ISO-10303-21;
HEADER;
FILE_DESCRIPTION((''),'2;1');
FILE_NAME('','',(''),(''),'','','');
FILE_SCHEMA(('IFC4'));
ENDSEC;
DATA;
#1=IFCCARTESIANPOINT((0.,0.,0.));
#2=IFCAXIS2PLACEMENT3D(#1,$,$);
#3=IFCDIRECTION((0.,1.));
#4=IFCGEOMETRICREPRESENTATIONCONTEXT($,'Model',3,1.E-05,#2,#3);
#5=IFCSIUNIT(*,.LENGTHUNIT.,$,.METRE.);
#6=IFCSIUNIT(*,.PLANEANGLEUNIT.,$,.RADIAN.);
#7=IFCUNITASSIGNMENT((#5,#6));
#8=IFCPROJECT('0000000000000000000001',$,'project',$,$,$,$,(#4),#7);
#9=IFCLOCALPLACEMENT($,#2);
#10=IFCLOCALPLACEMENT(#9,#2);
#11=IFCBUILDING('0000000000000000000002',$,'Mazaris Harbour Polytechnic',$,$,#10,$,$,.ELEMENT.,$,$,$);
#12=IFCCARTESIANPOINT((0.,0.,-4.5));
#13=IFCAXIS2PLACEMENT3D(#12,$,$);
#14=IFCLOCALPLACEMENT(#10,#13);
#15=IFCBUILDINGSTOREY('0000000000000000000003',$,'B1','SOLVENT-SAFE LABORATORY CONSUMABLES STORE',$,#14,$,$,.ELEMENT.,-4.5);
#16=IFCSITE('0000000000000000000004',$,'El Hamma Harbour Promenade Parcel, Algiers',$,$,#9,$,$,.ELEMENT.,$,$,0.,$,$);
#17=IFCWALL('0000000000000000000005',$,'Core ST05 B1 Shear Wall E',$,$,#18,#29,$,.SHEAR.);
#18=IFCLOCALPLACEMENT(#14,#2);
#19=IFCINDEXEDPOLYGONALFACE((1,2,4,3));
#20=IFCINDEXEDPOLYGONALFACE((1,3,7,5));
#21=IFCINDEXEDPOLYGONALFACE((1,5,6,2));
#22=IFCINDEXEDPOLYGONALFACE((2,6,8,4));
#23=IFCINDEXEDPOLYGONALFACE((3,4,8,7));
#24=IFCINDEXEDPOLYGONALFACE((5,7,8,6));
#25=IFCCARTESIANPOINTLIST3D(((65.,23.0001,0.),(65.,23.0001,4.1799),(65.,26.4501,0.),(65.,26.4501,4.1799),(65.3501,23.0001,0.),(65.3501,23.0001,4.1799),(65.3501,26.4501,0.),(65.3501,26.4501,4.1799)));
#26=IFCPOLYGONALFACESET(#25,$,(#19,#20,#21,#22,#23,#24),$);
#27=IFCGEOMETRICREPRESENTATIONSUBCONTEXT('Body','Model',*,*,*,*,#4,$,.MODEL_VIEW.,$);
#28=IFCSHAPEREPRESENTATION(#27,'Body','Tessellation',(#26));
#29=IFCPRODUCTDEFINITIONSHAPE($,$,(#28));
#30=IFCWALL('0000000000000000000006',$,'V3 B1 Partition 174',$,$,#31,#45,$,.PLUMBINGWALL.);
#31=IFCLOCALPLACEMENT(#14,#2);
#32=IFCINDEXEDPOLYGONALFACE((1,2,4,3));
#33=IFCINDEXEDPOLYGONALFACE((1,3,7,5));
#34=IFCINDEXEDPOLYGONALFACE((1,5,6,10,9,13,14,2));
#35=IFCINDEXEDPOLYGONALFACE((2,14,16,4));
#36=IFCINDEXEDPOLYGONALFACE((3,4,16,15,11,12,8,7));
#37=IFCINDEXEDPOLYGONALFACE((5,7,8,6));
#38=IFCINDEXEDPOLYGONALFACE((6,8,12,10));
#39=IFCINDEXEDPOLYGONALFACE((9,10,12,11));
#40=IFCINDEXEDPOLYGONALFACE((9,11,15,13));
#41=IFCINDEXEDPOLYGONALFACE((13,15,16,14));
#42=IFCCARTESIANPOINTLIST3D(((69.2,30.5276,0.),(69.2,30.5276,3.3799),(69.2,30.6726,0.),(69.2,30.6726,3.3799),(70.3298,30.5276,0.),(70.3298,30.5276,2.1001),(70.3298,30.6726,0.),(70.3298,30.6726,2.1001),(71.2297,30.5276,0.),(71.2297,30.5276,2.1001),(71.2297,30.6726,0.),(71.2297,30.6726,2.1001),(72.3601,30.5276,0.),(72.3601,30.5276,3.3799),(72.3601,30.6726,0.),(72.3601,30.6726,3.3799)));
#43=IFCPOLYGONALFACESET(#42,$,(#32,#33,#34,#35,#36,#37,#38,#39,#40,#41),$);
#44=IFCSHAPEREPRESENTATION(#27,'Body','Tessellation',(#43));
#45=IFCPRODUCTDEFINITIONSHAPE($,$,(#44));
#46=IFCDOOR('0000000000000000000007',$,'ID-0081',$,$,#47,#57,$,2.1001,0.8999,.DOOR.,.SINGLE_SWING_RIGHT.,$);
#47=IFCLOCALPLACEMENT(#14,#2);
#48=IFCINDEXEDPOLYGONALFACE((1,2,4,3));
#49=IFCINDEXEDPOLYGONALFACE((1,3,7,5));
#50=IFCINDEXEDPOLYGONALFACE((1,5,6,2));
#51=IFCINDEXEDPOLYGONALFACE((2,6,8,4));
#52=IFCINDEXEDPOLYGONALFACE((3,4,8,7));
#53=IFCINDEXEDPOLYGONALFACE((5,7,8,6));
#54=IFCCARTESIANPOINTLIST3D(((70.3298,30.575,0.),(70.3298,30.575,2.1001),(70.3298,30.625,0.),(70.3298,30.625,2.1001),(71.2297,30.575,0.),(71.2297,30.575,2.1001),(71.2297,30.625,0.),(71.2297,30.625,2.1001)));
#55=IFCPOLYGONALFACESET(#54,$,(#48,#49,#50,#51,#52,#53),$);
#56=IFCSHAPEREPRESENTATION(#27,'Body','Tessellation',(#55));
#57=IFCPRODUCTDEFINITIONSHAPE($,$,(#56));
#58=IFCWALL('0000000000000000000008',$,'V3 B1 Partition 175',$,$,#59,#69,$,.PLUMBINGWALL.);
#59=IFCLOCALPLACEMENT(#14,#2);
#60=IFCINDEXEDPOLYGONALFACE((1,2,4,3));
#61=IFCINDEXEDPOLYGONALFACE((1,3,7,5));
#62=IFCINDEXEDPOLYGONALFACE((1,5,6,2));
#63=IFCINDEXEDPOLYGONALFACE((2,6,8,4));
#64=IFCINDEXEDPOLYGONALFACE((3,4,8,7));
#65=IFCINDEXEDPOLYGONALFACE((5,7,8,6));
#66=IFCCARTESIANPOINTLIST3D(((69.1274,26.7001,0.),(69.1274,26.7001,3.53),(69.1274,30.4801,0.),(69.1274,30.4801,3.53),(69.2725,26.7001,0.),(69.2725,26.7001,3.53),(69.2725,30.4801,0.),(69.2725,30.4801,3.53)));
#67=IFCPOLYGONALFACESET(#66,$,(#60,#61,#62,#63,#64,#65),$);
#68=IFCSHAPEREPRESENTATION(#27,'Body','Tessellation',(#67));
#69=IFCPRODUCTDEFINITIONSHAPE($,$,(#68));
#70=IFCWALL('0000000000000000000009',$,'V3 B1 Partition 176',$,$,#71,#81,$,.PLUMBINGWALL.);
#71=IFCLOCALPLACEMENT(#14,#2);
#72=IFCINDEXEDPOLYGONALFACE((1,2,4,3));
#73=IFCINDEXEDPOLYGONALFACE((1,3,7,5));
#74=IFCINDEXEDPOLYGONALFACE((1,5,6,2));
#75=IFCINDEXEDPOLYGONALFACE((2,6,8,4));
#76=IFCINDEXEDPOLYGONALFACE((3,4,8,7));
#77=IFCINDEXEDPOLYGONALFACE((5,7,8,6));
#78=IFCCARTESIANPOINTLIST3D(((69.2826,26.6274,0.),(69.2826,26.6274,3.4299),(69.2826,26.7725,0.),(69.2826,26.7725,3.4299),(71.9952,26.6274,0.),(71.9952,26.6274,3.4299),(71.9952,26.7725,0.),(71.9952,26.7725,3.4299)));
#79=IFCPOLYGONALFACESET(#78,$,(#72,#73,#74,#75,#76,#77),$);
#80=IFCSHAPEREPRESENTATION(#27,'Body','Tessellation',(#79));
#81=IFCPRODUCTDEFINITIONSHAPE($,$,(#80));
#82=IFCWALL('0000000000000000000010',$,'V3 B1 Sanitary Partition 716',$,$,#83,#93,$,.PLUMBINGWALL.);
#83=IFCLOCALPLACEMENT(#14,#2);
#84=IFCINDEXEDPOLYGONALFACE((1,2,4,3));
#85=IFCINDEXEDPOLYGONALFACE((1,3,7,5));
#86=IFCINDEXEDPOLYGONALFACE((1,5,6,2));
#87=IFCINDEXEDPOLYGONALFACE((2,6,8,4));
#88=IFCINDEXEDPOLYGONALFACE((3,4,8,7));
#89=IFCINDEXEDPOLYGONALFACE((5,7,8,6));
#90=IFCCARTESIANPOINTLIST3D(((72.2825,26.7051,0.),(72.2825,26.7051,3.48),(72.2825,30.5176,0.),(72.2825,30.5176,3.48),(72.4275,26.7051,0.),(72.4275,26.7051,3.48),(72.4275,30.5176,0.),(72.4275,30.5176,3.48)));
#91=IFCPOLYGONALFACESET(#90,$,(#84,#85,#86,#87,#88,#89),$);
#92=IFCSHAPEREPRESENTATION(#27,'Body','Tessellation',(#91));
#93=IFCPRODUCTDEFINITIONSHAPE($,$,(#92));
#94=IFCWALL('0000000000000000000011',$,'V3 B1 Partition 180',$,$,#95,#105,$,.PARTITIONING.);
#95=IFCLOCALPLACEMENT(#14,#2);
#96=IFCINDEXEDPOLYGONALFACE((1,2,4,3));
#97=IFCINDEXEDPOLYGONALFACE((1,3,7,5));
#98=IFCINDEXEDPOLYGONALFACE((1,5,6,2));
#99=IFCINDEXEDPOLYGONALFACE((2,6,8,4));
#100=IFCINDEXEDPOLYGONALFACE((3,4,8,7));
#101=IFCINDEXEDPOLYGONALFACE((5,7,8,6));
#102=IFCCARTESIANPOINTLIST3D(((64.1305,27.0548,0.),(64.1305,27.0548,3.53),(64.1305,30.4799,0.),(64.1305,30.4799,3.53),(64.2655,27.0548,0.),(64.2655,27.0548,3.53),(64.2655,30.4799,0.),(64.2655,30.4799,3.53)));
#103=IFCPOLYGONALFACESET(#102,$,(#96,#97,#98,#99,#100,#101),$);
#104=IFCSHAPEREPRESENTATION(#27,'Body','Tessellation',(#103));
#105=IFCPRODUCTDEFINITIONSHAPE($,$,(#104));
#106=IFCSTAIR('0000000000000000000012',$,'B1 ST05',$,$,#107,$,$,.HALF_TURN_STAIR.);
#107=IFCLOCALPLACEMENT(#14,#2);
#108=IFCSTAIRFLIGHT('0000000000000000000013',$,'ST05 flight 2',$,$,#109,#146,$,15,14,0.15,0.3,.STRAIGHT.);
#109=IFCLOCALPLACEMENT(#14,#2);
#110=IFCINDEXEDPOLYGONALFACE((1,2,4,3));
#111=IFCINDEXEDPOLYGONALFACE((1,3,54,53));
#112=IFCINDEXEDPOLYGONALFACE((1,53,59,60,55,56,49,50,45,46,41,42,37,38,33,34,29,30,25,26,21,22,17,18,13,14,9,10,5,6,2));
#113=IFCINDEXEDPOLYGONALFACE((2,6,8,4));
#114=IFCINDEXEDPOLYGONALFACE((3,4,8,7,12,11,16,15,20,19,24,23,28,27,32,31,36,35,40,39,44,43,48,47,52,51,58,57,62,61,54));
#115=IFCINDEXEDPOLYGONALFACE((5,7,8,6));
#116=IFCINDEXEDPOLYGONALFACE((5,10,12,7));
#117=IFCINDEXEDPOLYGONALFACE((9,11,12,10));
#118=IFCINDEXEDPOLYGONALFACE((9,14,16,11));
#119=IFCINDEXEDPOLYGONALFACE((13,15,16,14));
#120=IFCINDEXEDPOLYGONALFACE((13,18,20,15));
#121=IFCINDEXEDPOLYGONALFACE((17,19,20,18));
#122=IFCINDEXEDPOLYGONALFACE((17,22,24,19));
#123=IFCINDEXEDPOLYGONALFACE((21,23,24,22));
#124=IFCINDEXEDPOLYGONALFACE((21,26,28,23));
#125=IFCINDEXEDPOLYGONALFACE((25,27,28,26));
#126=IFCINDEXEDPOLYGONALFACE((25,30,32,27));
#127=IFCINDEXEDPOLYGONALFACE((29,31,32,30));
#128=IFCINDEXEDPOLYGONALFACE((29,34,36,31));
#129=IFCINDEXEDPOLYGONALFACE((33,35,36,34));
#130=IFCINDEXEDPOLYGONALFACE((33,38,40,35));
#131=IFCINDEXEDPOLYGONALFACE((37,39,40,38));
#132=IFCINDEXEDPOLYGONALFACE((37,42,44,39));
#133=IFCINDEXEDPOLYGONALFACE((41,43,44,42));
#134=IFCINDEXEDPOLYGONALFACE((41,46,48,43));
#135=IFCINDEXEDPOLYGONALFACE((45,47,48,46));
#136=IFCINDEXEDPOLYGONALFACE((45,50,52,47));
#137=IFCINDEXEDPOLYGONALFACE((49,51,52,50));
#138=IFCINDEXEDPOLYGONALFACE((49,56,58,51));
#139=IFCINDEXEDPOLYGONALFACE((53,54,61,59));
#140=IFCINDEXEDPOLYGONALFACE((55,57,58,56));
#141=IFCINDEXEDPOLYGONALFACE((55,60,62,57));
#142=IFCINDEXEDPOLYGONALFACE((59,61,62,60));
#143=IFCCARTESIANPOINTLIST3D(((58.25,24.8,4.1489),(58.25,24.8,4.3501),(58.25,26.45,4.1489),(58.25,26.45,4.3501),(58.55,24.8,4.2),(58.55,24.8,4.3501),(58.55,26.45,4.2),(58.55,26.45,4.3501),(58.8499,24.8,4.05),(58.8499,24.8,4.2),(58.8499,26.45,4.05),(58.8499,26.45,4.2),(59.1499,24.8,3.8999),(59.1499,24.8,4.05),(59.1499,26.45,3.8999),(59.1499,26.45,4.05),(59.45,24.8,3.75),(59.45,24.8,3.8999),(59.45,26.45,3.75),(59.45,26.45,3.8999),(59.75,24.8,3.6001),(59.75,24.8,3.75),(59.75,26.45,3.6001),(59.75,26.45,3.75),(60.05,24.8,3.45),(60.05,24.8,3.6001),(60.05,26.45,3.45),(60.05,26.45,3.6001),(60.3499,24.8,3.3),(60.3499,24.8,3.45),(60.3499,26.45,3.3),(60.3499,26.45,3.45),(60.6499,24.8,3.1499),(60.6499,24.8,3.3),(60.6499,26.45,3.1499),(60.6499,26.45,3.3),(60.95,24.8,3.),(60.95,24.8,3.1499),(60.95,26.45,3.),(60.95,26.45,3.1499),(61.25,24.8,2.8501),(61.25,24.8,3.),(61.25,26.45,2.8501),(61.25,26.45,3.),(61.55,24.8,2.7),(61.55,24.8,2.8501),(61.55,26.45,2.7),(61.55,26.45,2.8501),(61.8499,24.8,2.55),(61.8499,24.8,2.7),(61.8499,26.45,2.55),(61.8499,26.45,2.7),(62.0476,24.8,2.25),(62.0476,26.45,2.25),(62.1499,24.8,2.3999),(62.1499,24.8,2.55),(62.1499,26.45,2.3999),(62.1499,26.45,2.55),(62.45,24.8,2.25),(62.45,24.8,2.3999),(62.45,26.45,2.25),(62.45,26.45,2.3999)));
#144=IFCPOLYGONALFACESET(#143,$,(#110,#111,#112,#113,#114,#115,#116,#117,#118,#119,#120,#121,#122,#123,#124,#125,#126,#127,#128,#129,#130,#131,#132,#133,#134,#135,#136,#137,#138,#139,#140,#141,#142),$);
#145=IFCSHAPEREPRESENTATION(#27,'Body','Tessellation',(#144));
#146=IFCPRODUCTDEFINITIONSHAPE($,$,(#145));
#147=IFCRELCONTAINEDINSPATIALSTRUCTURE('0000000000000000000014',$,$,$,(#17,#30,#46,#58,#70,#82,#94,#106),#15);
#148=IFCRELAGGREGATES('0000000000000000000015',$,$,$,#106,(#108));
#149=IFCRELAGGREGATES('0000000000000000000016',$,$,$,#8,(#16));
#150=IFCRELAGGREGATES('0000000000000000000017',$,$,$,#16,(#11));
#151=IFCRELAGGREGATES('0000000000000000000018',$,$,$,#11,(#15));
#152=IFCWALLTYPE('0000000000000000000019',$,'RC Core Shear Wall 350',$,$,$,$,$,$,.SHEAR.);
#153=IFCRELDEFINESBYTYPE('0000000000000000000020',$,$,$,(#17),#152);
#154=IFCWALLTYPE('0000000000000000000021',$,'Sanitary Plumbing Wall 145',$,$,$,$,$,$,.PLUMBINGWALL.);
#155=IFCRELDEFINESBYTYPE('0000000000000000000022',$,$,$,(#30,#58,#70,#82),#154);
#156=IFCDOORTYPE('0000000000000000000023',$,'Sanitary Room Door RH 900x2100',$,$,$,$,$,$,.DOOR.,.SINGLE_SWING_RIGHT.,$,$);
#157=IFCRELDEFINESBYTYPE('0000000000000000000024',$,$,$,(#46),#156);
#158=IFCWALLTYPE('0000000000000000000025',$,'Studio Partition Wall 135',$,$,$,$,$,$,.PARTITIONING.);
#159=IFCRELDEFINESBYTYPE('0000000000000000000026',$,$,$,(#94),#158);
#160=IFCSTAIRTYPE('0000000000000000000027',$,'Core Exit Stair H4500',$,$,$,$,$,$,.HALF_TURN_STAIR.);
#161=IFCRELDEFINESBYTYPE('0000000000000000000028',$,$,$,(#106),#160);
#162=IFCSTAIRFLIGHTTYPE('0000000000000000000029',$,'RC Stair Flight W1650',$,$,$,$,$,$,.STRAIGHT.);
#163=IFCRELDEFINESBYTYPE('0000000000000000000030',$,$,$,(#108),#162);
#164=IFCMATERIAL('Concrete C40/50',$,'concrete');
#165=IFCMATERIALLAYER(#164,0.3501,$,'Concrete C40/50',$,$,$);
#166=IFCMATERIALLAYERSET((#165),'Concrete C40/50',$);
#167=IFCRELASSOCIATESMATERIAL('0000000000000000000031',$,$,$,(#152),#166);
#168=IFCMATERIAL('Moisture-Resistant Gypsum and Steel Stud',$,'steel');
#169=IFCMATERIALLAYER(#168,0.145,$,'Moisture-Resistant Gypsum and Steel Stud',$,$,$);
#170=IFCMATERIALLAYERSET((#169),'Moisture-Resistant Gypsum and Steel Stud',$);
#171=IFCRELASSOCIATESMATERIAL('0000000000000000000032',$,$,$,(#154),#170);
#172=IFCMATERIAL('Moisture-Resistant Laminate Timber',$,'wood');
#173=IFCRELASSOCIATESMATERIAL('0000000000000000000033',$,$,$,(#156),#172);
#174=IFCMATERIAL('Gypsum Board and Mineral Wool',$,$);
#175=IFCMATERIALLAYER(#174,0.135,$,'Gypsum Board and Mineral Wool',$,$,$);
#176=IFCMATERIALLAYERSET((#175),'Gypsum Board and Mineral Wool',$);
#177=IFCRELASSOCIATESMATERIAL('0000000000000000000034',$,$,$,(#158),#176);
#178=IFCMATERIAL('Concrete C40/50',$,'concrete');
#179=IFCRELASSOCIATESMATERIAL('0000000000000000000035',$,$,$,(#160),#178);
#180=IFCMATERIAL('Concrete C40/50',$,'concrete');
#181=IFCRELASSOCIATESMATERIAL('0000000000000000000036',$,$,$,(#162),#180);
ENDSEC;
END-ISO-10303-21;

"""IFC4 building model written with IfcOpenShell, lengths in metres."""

from ifc_helpers import new_model, si_unit, direction, frame, frame_2d, origin, place, context, subcontext, project, spatial, polyline, rectangle, outline, extrude, material, layer, layer_set, type_object, element, fill, aggregate, save


model = new_model("IFC4")

# Units and contexts
model_context = context("Model", 3, precision=1e-05, world=origin(), true_north=direction((0.0, 1.0)))
body_context = subcontext(model_context, "Body", "Model", "MODEL_VIEW")
ifc_project = project(units=[si_unit("LENGTHUNIT", "METRE"), si_unit("PLANEANGLEUNIT", "RADIAN")], contexts=[model_context])

# Site, building, storey
site_placement = place(None, origin())
site = spatial("IfcSite", under=ifc_project, at=site_placement, Name="El Hamma Harbour Promenade Parcel, Algiers", CompositionType="ELEMENT", RefElevation=0.0)
building_placement = place(site_placement, origin())
building = spatial("IfcBuilding", under=site, at=building_placement, Name="Mazaris Harbour Polytechnic", CompositionType="ELEMENT")
storey_placement = place(building_placement, frame((0.0, 0.0, -4.5)))
storey = spatial("IfcBuildingStorey", under=building, at=storey_placement, Name="B1", Description="SOLVENT-SAFE LABORATORY CONSUMABLES STORE", CompositionType="ELEMENT", Elevation=-4.5)

# Wall
ifc_material_1 = material(Name="Concrete C40/50", Category="concrete")
ifc_layer_1 = layer(ifc_material_1, 0.3501, Name="Concrete C40/50")
ifc_layer_set_1 = layer_set([ifc_layer_1], Name="Concrete C40/50")
wall_type_1 = type_object("IfcWallType", Name="RC Core Shear Wall 350", PredefinedType="SHEAR", material=ifc_layer_set_1)
wall_1_placement = place(storey_placement, frame((65.175, 23.0, 0.0), z_axis=(0.0, 0.0, 1.0), x_axis=(0.0, 1.0, 0.0)))
element("IfcWall", 1, at=wall_1_placement, inside=storey, type_object=wall_type_1, Name="Core ST05 B1 Shear Wall E", PredefinedType="SHEAR", context=body_context, shape_type="SweptSolid", body=[
    extrude(rectangle(XDim=3.45, YDim=0.3501, at=frame_2d((1.7251, 0.0))), origin(), (0.0, 0.0, 1.0), 4.1799),
])

# Wall, opening, door
ifc_material_2 = material(Name="Moisture-Resistant Gypsum and Steel Stud", Category="steel")
ifc_layer_2 = layer(ifc_material_2, 0.145, Name="Moisture-Resistant Gypsum and Steel Stud")
ifc_layer_set_2 = layer_set([ifc_layer_2], Name="Moisture-Resistant Gypsum and Steel Stud")
wall_type_2 = type_object("IfcWallType", Name="Sanitary Plumbing Wall 145", PredefinedType="PLUMBINGWALL", material=ifc_layer_set_2)
wall_2_placement = place(storey_placement, frame((69.2, 30.6001, 0.0), z_axis=(0.0, 0.0, 1.0), x_axis=(1.0, 0.0, 0.0)))
wall_2 = element("IfcWall", 2, at=wall_2_placement, inside=storey, type_object=wall_type_2, Name="V3 B1 Partition 174", PredefinedType="PLUMBINGWALL", context=body_context, shape_type="SweptSolid", body=[
    extrude(rectangle(XDim=3.1602, YDim=0.145, at=frame_2d((1.5801, 0.0))), origin(), (0.0, 0.0, 1.0), 3.3799),
])
opening_1_placement = place(wall_2_placement, frame((1.1299, 0.0, 0.0)))
opening_1 = element("IfcOpeningElement", 3, at=opening_1_placement, cuts=wall_2, PredefinedType="OPENING", context=body_context, shape_type="SweptSolid", body=[
    extrude(rectangle(XDim=0.8999, YDim=2.1001, at=frame_2d((0.45, 1.05))), frame((0.0, 0.0825, 0.0), z_axis=(0.0, -1.0, 0.0), x_axis=(1.0, 0.0, 0.0)), (0.0, 0.0, 1.0), 0.165),
])
ifc_material_3 = material(Name="Moisture-Resistant Laminate Timber", Category="wood")
door_type_1 = type_object("IfcDoorType", Name="Sanitary Room Door RH 900x2100", OperationType="SINGLE_SWING_RIGHT", PredefinedType="DOOR", material=ifc_material_3)
door_1_placement = place(opening_1_placement, origin())
door_1 = element("IfcDoor", 4, at=door_1_placement, inside=storey, type_object=door_type_1, Name="ID-0081", OperationType="SINGLE_SWING_RIGHT", OverallHeight=2.1001, OverallWidth=0.8999, PredefinedType="DOOR", context=body_context, shape_type="SweptSolid", body=[
    extrude(rectangle(XDim=0.8999, YDim=2.1001, at=frame_2d((0.45, 1.05))), frame((0.0, 0.0249, 0.0), z_axis=(0.0, -1.0, 0.0), x_axis=(1.0, 0.0, 0.0)), (0.0, 0.0, 1.0), 0.05),
])
fill(opening_1, door_1)

# Walls
wall_3_placement = place(storey_placement, frame((69.2, 26.7, 0.0), z_axis=(0.0, 0.0, 1.0), x_axis=(0.0, 1.0, 0.0)))
element("IfcWall", 5, at=wall_3_placement, inside=storey, type_object=wall_type_2, Name="V3 B1 Partition 175", PredefinedType="PLUMBINGWALL", context=body_context, shape_type="SweptSolid", body=[
    extrude(rectangle(XDim=3.78, YDim=0.145, at=frame_2d((1.8901, 0.0))), origin(), (0.0, 0.0, 1.0), 3.53),
])
wall_4_placement = place(storey_placement, frame((69.2825, 26.7, 0.0), z_axis=(0.0, 0.0, 1.0), x_axis=(1.0, 0.0, 0.0)))
element("IfcWall", 6, at=wall_4_placement, inside=storey, type_object=wall_type_2, Name="V3 B1 Partition 176", PredefinedType="PLUMBINGWALL", context=body_context, shape_type="SweptSolid", body=[
    extrude(rectangle(XDim=2.7126, YDim=0.145, at=frame_2d((1.3564, 0.0))), origin(), (0.0, 0.0, 1.0), 3.4299),
])
wall_5_placement = place(storey_placement, frame((72.355, 26.7051, 0.0), z_axis=(0.0, 0.0, 1.0), x_axis=(0.0, 1.0, 0.0)))
element("IfcWall", 7, at=wall_5_placement, inside=storey, type_object=wall_type_2, Name="V3 B1 Sanitary Partition 716", PredefinedType="PLUMBINGWALL", context=body_context, shape_type="SweptSolid", body=[
    extrude(rectangle(XDim=3.8125, YDim=0.145, at=frame_2d((1.9062, 0.0))), origin(), (0.0, 0.0, 1.0), 3.48),
])
ifc_material_4 = material(Name="Gypsum Board and Mineral Wool")
ifc_layer_3 = layer(ifc_material_4, 0.135, Name="Gypsum Board and Mineral Wool")
ifc_layer_set_3 = layer_set([ifc_layer_3], Name="Gypsum Board and Mineral Wool")
wall_type_3 = type_object("IfcWallType", Name="Studio Partition Wall 135", PredefinedType="PARTITIONING", material=ifc_layer_set_3)
wall_6_placement = place(storey_placement, frame((64.198, 27.0549, 0.0), z_axis=(0.0, 0.0, 1.0), x_axis=(0.0, 1.0, 0.0)))
element("IfcWall", 8, at=wall_6_placement, inside=storey, type_object=wall_type_3, Name="V3 B1 Partition 180", PredefinedType="PARTITIONING", context=body_context, shape_type="SweptSolid", body=[
    extrude(rectangle(XDim=3.425, YDim=0.135, at=frame_2d((1.7124, 0.0))), origin(), (0.0, 0.0, 1.0), 3.53),
])

# Stair, stair flight
ifc_material_5 = material(Name="Concrete C40/50", Category="concrete")
stair_type = type_object("IfcStairType", Name="Core Exit Stair H4500", PredefinedType="HALF_TURN_STAIR", material=ifc_material_5)
stair_placement = place(storey_placement, origin())
stair = element("IfcStair", 9, at=stair_placement, inside=storey, type_object=stair_type, Name="B1 ST05", PredefinedType="HALF_TURN_STAIR")
ifc_material_6 = material(Name="Concrete C40/50", Category="concrete")
stair_flight_type = type_object("IfcStairFlightType", Name="RC Stair Flight W1650", PredefinedType="STRAIGHT", material=ifc_material_6)
stair_flight_placement = place(storey_placement, frame((62.45, 25.625, 2.25), z_axis=(0.0, 0.0, 1.0), x_axis=(-1.0, 0.0, 0.0)))
stair_flight = element("IfcStairFlight", 10, at=stair_flight_placement, type_object=stair_flight_type, Name="ST05 flight 2", NumberOfRisers=15, NumberOfTreads=14, PredefinedType="STRAIGHT", RiserHeight=0.15, TreadLength=0.3, context=body_context, shape_type="SweptSolid", body=[
    extrude(outline(polyline([(0.0, 0.0), (0.0, 0.1499), (0.3, 0.1499), (0.3, 0.3), (0.6001, 0.3), (0.6001, 0.45), (0.8999, 0.45), (0.8999, 0.6001), (1.2, 0.6001), (1.2, 0.75), (1.5, 0.75), (1.5, 0.8999), (1.8, 0.8999), (1.8, 1.05), (2.1001, 1.05), (2.1001, 1.2), (2.3999, 1.2), (2.3999, 1.3501), (2.7, 1.3501), (2.7, 1.5), (3.0, 1.5), (3.0, 1.6499), (3.3, 1.6499), (3.3, 1.8), (3.6001, 1.8), (3.6001, 1.95), (3.8999, 1.95), (3.8999, 2.1001), (4.2, 2.1001), (4.2, 2.25), (4.2, 1.8989), (0.4023, 0.0), (0.0, 0.0)])), frame((0.0, 0.825, 0.0), z_axis=(0.0, -1.0, 0.0), x_axis=(1.0, 0.0, 0.0)), (0.0, 0.0, 1.0), 1.6499),
])
aggregate(stair, [stair_flight])

save(model, "model.ifc")
